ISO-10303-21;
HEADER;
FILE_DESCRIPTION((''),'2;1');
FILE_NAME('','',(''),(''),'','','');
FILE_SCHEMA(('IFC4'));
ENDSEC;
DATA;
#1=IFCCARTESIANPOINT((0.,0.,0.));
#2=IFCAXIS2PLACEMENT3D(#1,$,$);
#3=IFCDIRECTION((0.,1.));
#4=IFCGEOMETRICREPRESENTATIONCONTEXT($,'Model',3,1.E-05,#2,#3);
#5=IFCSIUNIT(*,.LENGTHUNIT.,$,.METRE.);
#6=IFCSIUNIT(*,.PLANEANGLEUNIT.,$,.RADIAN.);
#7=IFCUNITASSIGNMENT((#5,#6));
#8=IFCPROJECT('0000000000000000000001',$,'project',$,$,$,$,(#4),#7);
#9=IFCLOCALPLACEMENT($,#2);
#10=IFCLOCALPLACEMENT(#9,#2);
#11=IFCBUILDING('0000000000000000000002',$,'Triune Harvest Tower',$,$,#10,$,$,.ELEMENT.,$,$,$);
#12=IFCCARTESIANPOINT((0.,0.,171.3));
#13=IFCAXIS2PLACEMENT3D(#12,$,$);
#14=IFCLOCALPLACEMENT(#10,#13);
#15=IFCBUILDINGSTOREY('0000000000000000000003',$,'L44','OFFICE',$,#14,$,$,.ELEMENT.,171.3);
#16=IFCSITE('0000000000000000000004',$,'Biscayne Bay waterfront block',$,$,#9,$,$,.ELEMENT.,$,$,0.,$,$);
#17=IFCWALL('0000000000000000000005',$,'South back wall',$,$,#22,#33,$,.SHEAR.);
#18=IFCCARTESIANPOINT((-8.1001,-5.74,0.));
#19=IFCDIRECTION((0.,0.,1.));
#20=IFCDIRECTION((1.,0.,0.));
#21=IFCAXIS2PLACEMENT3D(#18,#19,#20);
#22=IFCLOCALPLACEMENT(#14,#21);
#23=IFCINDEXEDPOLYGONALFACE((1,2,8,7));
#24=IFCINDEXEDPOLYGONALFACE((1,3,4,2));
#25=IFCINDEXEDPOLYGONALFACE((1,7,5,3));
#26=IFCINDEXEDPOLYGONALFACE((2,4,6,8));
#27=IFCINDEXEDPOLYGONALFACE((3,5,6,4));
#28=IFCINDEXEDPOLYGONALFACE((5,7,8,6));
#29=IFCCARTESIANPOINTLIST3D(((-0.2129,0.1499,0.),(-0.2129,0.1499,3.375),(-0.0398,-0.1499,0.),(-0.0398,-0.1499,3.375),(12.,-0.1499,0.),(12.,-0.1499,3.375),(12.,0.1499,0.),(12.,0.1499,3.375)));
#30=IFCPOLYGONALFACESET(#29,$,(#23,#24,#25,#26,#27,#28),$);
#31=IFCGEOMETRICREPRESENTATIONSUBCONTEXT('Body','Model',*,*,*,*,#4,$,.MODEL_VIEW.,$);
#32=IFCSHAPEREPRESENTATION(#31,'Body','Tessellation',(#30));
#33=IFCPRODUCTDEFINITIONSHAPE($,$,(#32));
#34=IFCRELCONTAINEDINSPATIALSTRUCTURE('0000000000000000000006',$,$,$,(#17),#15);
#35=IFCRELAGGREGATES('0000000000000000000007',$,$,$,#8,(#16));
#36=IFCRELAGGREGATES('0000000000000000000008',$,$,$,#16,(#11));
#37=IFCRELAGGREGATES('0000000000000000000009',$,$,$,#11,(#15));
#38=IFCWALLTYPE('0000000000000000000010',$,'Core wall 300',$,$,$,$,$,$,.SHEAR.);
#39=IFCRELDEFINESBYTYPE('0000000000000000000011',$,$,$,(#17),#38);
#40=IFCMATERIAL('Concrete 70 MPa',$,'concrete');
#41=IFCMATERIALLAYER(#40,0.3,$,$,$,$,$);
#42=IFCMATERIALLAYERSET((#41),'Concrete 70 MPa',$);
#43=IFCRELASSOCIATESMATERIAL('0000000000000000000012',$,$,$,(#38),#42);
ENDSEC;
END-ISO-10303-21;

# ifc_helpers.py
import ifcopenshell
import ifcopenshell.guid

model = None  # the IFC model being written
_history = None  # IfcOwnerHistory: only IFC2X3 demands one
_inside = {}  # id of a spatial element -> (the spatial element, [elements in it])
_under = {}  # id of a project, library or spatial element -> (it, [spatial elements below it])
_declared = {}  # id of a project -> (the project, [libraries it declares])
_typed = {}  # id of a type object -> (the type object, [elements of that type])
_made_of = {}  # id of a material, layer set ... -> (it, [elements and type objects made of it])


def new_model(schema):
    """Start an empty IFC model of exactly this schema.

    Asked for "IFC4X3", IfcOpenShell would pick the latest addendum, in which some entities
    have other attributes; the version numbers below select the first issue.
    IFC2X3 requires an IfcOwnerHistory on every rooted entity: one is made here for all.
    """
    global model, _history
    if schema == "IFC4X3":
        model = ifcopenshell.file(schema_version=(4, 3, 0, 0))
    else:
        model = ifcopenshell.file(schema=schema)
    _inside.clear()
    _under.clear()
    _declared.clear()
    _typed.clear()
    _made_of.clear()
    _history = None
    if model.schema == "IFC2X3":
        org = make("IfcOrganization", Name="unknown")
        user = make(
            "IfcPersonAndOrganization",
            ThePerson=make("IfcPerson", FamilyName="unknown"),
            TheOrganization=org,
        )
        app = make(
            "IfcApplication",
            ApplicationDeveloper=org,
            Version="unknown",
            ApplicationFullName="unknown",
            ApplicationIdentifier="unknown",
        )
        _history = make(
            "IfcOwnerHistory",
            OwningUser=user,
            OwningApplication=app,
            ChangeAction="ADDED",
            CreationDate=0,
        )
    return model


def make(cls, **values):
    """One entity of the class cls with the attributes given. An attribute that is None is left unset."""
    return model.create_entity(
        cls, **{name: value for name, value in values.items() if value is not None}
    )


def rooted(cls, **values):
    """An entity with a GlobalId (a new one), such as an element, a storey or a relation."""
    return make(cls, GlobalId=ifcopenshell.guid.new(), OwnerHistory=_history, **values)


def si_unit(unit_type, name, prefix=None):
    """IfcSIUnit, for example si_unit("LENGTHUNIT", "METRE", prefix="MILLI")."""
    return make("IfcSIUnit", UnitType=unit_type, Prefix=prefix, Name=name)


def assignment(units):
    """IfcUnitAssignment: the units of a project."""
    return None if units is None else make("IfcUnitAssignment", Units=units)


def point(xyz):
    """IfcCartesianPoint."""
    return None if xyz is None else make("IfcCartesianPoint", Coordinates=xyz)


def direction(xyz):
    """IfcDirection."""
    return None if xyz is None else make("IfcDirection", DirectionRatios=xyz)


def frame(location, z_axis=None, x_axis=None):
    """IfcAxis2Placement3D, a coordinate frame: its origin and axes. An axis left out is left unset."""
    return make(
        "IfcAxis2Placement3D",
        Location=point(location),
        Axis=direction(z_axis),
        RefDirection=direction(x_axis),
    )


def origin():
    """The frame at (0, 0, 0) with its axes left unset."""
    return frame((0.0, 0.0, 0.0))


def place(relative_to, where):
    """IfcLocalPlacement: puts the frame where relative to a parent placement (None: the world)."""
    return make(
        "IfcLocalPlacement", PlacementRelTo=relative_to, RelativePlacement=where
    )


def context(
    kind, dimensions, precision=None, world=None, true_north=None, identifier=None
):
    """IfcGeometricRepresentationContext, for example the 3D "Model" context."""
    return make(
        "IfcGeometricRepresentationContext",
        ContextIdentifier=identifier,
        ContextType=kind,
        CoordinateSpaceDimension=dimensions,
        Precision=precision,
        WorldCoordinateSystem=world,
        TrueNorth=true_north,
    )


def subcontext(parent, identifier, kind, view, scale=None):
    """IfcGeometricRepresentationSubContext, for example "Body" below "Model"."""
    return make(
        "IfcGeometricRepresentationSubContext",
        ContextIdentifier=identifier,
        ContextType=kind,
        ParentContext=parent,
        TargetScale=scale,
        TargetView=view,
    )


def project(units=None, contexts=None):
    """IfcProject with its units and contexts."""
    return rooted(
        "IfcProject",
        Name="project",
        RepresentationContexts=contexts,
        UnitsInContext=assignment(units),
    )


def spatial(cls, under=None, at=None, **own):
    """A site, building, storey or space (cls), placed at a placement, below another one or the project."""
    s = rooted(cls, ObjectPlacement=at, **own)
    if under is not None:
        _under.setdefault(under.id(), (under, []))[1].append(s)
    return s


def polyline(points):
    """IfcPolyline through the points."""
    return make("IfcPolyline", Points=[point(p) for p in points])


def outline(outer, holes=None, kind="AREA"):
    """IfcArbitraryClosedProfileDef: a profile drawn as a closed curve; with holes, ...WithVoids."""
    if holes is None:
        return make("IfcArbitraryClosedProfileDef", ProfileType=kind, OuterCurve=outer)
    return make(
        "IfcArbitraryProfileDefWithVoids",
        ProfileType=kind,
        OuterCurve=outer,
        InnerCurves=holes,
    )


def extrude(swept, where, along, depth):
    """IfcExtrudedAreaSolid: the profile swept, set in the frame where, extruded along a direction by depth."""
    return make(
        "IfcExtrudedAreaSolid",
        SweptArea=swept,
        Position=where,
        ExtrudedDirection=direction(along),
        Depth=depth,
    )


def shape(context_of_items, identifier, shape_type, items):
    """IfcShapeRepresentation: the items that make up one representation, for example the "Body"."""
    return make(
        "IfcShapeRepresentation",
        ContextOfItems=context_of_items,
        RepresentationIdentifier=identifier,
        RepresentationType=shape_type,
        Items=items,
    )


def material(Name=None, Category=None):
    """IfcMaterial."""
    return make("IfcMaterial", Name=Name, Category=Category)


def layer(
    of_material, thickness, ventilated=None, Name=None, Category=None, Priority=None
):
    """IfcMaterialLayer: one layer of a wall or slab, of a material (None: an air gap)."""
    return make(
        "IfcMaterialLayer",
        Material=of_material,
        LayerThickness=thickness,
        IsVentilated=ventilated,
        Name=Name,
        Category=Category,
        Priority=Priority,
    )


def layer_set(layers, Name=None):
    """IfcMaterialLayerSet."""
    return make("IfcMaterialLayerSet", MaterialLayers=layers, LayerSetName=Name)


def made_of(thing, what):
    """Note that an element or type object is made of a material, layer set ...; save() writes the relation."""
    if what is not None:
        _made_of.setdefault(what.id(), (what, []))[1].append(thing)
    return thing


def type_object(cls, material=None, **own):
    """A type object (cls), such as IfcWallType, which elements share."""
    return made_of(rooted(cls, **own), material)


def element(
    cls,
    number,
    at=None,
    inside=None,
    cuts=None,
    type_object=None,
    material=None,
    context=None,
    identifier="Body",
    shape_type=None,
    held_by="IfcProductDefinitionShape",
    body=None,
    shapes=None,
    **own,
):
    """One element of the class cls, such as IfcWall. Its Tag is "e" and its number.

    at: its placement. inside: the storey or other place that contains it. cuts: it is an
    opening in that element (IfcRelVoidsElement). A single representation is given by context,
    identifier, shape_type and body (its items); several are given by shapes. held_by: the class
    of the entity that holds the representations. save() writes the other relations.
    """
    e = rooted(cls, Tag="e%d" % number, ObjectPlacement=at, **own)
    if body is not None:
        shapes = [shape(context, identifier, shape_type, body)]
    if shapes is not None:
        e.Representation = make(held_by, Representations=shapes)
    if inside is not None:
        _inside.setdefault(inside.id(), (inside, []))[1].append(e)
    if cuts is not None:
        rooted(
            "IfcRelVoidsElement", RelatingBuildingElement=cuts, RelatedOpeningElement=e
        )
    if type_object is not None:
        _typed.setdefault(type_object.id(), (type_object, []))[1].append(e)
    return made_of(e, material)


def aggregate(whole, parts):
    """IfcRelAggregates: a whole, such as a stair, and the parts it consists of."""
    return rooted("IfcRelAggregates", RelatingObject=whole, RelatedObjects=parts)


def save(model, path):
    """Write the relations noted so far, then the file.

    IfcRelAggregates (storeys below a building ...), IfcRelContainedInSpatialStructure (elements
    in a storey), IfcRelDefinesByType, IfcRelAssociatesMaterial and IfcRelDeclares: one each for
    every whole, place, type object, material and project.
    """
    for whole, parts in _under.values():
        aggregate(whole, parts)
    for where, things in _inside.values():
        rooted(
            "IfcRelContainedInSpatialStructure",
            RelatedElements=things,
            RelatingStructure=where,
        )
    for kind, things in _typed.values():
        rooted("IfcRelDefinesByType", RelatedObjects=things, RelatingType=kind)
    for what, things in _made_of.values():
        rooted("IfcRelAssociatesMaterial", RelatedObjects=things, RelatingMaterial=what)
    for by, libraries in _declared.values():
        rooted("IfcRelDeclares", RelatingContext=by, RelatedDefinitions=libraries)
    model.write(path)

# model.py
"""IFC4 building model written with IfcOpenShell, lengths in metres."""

from ifc_helpers import new_model, si_unit, direction, frame, origin, place, context, subcontext, project, spatial, polyline, outline, extrude, material, layer, layer_set, type_object, element, save


model = new_model("IFC4")

# Units and contexts
model_context = context("Model", 3, precision=1e-05, world=origin(), true_north=direction((0.0, 1.0)))
body_context = subcontext(model_context, "Body", "Model", "MODEL_VIEW")
ifc_project = project(units=[si_unit("LENGTHUNIT", "METRE"), si_unit("PLANEANGLEUNIT", "RADIAN")], contexts=[model_context])

# Site, building, storey
site_placement = place(None, origin())
site = spatial("IfcSite", under=ifc_project, at=site_placement, Name="Biscayne Bay waterfront block", CompositionType="ELEMENT", RefElevation=0.0)
building_placement = place(site_placement, origin())
building = spatial("IfcBuilding", under=site, at=building_placement, Name="Triune Harvest Tower", CompositionType="ELEMENT")
storey_placement = place(building_placement, frame((0.0, 0.0, 171.3)))
storey = spatial("IfcBuildingStorey", under=building, at=storey_placement, Name="L44", Description="OFFICE", CompositionType="ELEMENT", Elevation=171.3)

# Shared definitions
ifc_material_1 = material(Name="Concrete 70 MPa", Category="concrete")
ifc_layer_1 = layer(ifc_material_1, 0.3)
ifc_layer_set_1 = layer_set([ifc_layer_1], Name="Concrete 70 MPa")
wall_type_1 = type_object("IfcWallType", Name="Core wall 300", PredefinedType="SHEAR", material=ifc_layer_set_1)

# Wall
wall_1_placement = place(storey_placement, frame((-8.1001, -5.74, 0.0), z_axis=(0.0, 0.0, 1.0), x_axis=(1.0, 0.0, 0.0)))
element("IfcWall", 1, at=wall_1_placement, inside=storey, type_object=wall_type_1, Name="South back wall", PredefinedType="SHEAR", context=body_context, shape_type="SweptSolid", body=[
    extrude(outline(polyline([(12.0, -0.1499), (-0.0398, -0.1499), (-0.2129, 0.1499), (12.0, 0.1499), (12.0, -0.1499)])), origin(), (0.0, 0.0, 1.0), 3.375),
])

save(model, "model.ifc")
